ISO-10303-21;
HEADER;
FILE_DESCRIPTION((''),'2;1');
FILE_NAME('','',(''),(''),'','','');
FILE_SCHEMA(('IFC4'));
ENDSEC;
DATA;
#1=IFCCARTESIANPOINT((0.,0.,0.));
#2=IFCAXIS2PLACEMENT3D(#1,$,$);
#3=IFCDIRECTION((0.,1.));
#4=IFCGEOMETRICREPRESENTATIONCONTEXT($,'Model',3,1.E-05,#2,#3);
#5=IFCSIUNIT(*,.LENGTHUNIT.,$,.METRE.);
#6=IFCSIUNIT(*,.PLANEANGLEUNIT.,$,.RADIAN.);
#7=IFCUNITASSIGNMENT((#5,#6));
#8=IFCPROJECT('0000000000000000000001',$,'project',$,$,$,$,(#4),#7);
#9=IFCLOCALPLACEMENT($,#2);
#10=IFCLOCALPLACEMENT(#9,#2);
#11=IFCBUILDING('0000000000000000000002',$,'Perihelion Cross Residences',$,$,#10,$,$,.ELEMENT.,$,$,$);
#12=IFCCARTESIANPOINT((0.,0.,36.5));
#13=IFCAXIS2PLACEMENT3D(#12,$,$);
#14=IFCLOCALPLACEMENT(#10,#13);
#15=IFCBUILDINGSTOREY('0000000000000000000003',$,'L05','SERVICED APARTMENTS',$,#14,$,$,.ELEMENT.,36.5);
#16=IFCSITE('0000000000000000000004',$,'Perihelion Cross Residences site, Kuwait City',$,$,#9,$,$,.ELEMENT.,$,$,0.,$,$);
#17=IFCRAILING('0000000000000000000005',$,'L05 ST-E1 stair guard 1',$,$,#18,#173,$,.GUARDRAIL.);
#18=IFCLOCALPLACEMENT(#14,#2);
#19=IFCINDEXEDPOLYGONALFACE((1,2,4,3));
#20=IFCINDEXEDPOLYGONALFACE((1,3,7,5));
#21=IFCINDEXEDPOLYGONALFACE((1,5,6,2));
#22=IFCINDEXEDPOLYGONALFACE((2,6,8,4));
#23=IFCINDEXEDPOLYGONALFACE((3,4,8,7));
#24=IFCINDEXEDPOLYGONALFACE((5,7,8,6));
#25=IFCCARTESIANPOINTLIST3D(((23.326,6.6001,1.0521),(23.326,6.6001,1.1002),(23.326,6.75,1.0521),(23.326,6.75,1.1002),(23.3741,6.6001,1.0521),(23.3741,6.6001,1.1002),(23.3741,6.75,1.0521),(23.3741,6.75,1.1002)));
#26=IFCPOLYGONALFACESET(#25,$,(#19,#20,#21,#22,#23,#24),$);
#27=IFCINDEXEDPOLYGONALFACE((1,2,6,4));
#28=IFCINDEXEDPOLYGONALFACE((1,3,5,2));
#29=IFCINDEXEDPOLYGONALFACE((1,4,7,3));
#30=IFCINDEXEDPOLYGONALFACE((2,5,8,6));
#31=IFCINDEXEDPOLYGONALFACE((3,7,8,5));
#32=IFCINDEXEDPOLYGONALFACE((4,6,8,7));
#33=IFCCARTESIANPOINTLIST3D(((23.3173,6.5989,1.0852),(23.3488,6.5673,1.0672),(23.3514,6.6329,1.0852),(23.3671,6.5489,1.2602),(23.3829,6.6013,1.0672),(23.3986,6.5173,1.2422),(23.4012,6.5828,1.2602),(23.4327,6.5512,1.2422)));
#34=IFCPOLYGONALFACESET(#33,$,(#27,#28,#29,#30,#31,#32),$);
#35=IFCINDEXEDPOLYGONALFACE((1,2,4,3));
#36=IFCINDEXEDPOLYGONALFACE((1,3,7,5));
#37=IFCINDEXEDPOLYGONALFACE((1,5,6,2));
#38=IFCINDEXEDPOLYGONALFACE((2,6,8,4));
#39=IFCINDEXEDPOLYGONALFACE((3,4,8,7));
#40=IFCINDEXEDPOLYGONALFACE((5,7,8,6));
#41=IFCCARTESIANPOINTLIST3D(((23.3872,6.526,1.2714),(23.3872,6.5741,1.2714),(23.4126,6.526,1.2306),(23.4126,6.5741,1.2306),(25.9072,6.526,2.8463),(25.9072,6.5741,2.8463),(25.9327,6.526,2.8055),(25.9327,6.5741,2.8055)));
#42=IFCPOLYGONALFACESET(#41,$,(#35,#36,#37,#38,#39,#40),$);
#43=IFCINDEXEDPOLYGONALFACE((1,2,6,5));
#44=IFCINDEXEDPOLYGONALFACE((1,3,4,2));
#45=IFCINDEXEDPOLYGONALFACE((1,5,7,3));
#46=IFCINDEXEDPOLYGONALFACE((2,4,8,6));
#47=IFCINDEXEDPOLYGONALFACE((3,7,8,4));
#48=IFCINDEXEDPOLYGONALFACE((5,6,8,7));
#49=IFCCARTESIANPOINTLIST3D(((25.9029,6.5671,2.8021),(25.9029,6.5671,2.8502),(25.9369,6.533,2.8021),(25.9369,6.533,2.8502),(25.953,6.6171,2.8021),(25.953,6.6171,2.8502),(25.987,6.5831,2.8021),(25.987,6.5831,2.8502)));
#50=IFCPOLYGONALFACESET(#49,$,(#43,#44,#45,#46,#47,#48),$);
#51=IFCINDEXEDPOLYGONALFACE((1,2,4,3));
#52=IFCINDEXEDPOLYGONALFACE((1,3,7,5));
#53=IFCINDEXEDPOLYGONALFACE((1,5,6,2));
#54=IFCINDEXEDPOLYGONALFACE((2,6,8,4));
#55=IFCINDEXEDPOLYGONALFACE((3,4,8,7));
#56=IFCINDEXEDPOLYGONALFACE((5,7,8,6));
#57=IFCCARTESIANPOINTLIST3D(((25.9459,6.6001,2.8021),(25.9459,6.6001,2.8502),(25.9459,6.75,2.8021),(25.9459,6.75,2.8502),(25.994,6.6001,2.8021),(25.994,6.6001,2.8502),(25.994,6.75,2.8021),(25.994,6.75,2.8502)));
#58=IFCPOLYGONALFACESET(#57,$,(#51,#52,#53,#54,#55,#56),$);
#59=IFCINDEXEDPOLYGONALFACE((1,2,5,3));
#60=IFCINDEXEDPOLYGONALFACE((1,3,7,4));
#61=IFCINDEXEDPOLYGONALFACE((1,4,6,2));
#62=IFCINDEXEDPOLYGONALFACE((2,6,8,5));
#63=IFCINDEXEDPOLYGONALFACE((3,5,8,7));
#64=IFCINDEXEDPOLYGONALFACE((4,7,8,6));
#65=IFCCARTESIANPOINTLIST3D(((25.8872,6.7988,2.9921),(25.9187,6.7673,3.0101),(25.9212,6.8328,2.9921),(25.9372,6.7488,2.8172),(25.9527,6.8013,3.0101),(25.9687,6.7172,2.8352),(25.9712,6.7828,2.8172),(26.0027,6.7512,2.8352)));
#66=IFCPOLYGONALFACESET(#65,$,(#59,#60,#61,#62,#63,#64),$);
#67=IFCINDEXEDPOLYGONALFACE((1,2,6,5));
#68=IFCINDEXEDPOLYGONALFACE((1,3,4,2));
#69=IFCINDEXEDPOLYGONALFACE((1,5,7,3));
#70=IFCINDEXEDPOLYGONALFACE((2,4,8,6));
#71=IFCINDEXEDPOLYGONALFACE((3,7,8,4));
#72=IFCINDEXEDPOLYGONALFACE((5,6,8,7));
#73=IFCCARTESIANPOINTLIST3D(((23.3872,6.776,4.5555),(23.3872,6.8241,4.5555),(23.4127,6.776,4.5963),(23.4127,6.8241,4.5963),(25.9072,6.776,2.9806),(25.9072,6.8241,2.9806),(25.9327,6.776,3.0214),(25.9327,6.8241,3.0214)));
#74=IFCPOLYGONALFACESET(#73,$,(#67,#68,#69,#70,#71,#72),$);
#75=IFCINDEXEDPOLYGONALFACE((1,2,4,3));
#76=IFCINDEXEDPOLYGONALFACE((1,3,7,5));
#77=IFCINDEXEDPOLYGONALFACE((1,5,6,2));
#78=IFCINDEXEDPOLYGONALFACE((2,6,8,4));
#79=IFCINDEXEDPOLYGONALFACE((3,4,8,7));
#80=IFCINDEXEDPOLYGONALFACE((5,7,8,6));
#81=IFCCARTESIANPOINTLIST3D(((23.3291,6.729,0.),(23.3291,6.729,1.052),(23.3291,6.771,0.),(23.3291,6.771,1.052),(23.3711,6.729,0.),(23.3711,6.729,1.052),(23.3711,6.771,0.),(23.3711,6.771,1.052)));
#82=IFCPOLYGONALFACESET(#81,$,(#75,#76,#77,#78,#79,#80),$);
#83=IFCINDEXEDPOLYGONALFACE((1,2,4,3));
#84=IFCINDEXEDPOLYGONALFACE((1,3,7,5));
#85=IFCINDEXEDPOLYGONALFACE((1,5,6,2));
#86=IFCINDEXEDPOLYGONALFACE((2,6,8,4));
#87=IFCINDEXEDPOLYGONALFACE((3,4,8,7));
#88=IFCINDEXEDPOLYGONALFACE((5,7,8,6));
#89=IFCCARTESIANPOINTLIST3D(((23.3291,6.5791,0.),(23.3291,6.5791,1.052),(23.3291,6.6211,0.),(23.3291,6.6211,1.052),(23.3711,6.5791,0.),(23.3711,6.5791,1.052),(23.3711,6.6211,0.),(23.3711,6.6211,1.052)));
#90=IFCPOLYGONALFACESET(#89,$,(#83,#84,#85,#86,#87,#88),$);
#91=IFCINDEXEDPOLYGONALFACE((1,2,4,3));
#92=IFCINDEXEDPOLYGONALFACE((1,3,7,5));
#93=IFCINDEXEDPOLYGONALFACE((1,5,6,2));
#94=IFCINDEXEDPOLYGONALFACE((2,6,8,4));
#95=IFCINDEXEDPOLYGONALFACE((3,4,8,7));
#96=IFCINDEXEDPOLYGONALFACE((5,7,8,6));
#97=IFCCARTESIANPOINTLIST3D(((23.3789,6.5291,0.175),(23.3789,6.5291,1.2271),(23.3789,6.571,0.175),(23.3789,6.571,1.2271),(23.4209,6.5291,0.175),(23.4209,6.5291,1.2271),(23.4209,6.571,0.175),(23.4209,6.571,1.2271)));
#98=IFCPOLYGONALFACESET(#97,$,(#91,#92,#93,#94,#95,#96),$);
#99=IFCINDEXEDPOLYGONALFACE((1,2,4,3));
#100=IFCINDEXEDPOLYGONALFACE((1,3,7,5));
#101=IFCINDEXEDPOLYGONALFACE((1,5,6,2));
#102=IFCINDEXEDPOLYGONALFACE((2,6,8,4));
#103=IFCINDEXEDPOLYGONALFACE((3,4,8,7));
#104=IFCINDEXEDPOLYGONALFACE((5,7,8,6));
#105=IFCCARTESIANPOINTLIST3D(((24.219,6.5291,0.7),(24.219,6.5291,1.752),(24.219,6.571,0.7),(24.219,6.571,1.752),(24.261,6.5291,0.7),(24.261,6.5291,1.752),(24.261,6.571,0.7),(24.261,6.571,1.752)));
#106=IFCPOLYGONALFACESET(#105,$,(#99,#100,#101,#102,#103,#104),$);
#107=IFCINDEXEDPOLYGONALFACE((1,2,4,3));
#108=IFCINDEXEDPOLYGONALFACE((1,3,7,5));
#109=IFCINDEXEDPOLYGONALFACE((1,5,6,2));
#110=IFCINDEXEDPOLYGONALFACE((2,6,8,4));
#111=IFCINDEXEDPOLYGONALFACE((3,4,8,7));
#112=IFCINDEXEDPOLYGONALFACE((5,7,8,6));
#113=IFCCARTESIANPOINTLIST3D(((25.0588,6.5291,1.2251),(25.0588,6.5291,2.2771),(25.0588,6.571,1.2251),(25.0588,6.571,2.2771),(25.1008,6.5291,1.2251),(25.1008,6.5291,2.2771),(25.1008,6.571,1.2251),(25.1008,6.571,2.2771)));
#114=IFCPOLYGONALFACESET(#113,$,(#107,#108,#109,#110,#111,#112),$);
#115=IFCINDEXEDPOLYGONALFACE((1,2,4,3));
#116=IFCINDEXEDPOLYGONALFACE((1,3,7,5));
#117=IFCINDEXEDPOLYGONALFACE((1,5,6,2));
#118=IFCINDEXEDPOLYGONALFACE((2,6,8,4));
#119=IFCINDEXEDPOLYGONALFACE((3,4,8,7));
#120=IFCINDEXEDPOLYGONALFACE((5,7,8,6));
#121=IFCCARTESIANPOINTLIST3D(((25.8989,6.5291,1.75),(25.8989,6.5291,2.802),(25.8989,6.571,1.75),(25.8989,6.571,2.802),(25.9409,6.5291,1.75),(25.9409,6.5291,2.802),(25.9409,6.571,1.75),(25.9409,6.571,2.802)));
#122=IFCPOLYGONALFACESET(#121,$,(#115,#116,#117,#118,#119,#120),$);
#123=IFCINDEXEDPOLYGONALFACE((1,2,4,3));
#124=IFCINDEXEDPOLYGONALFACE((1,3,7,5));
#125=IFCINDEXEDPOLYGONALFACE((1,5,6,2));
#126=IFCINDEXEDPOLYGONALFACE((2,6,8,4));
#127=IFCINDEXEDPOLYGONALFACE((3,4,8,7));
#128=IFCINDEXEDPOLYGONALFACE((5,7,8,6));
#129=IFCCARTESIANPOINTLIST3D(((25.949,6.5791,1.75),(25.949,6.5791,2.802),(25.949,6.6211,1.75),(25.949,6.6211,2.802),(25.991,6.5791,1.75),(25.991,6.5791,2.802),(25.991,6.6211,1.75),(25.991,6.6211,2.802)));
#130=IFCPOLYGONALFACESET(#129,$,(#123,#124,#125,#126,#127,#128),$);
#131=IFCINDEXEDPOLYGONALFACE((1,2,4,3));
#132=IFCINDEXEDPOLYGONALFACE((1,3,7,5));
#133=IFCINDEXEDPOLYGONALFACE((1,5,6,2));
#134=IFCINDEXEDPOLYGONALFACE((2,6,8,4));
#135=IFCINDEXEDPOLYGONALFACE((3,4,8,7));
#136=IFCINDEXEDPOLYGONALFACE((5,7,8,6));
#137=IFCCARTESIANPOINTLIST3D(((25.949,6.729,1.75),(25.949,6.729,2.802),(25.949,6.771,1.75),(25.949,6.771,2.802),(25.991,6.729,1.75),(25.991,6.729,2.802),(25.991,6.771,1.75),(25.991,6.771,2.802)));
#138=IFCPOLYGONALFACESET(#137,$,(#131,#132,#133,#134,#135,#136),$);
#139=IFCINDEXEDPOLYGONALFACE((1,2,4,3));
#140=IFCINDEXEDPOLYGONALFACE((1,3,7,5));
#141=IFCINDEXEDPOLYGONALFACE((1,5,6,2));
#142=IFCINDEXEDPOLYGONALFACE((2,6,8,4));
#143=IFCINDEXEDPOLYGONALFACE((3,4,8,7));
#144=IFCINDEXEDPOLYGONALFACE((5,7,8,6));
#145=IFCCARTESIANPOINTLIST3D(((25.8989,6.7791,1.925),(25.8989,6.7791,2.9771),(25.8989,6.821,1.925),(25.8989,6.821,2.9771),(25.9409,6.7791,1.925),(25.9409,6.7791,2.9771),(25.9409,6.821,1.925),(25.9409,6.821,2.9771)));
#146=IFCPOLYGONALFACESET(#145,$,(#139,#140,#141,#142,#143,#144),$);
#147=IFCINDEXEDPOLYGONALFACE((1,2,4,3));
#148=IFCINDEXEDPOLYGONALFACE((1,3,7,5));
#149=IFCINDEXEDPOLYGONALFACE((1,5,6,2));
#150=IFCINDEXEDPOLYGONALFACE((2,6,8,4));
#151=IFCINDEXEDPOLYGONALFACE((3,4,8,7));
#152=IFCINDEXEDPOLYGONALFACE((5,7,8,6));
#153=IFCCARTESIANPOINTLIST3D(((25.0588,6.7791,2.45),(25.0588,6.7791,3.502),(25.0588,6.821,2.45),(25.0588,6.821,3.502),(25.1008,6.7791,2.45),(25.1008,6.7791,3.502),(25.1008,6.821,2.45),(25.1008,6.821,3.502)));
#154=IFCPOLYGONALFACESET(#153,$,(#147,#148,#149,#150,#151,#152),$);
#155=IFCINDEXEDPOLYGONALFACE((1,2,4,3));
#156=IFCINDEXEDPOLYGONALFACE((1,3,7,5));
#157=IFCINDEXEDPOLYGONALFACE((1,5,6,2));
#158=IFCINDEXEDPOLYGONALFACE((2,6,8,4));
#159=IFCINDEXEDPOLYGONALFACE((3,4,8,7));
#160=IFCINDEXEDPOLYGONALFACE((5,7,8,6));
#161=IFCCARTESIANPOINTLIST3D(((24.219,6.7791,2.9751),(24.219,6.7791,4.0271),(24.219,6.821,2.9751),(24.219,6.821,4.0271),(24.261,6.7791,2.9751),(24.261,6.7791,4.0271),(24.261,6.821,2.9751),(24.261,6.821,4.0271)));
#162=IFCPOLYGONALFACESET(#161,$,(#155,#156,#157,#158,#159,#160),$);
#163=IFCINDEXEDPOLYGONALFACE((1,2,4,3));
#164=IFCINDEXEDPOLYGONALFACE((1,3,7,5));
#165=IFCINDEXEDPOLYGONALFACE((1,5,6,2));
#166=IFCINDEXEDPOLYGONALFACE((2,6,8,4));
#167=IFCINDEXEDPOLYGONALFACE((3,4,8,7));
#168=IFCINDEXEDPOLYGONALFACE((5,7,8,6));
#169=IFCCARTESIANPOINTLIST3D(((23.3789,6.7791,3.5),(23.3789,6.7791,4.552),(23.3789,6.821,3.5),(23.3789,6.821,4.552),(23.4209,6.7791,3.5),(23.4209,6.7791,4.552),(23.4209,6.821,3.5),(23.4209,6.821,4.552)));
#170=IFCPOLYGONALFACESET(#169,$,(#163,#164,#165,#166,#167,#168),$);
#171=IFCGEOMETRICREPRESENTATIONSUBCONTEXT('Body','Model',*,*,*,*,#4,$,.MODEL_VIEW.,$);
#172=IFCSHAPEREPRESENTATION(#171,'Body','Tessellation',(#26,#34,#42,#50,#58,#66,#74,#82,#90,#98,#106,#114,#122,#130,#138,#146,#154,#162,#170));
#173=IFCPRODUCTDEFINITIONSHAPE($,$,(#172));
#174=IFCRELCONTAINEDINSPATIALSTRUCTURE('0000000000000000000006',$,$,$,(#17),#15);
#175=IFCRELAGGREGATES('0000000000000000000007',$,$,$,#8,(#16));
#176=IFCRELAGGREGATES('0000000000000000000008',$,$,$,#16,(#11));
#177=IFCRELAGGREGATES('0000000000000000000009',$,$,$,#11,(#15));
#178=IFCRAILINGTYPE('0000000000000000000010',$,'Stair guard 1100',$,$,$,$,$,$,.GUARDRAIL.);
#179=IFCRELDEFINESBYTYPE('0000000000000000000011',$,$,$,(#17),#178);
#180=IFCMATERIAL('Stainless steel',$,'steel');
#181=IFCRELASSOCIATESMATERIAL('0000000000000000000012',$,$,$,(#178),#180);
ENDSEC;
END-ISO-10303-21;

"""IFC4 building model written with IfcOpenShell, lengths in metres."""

from ifc_helpers import new_model, si_unit, direction, frame, origin, origin_2d, place, context, subcontext, project, spatial, rectangle, extrude, material, type_object, element, save


model = new_model("IFC4")

# Units and contexts
model_context = context("Model", 3, precision=1e-05, world=origin(), true_north=direction((0.0, 1.0)))
body_context = subcontext(model_context, "Body", "Model", "MODEL_VIEW")
ifc_project = project(units=[si_unit("LENGTHUNIT", "METRE"), si_unit("PLANEANGLEUNIT", "RADIAN")], contexts=[model_context])

# Site, building, storey
site_placement = place(None, origin())
site = spatial("IfcSite", under=ifc_project, at=site_placement, Name="Perihelion Cross Residences site, Kuwait City", CompositionType="ELEMENT", RefElevation=0.0)
building_placement = place(site_placement, origin())
building = spatial("IfcBuilding", under=site, at=building_placement, Name="Perihelion Cross Residences", CompositionType="ELEMENT")
storey_placement = place(building_placement, frame((0.0, 0.0, 36.5)))
storey = spatial("IfcBuildingStorey", under=building, at=storey_placement, Name="L05", Description="SERVICED APARTMENTS", CompositionType="ELEMENT", Elevation=36.5)

# Railing
ifc_material_1 = material(Name="Stainless steel", Category="steel")
railing_type_1 = type_object("IfcRailingType", Name="Stair guard 1100", PredefinedType="GUARDRAIL", material=ifc_material_1)
railing_1_placement = place(storey_placement, frame((23.3501, 6.75, 0.0)))
element("IfcRailing", 1, at=railing_1_placement, inside=storey, type_object=railing_type_1, Name="L05 ST-E1 stair guard 1", PredefinedType="GUARDRAIL", context=body_context, shape_type="SweptSolid", body=[
    extrude(rectangle(XDim=0.0481, YDim=0.0481, at=origin_2d()), frame((0.0, 0.0, 1.0762), z_axis=(0.0, -1.0, 0.0), x_axis=(1.0, 0.0, 0.0)), (0.0, 0.0, 1.0), 0.1499),
    extrude(rectangle(XDim=0.0481, YDim=0.0481, at=origin_2d()), frame((0.0, -0.1499, 1.0762), z_axis=(0.263862, -0.265156, 0.927399), x_axis=(0.708834, 0.705376, 0.0)), (0.0, 0.0, 1.0), 0.1887),
    extrude(rectangle(XDim=0.0481, YDim=0.0481, at=origin_2d()), frame((0.0498, -0.2, 1.251), z_axis=(0.848008, 0.0, 0.529984), x_axis=(0.0, 1.0, 0.0)), (0.0, 0.0, 1.0), 2.9717),
    extrude(rectangle(XDim=0.0481, YDim=0.0481, at=origin_2d()), frame((2.5698, -0.2, 2.8262), z_axis=(0.707107, 0.707107, 0.0), x_axis=(-0.707107, 0.707107, 0.0)), (0.0, 0.0, 1.0), 0.0708),
    extrude(rectangle(XDim=0.0481, YDim=0.0481, at=origin_2d()), frame((2.6199, -0.1499, 2.8262), z_axis=(0.0, 1.0, 0.0), x_axis=(-1.0, 0.0, 0.0)), (0.0, 0.0, 1.0), 0.1499),
    extrude(rectangle(XDim=0.0481, YDim=0.0481, at=origin_2d()), frame((2.6199, 0.0, 2.8262), z_axis=(-0.265065, 0.265065, 0.927082), x_axis=(-0.707107, -0.707107, 0.0)), (0.0, 0.0, 1.0), 0.1887),
    extrude(rectangle(XDim=0.0481, YDim=0.0481, at=origin_2d()), frame((2.5698, 0.05, 3.001), z_axis=(-0.848008, 0.0, 0.529984), x_axis=(0.0, -1.0, 0.0)), (0.0, 0.0, 1.0), 2.9717),
    extrude(rectangle(XDim=0.042, YDim=0.042, at=origin_2d()), origin(), (0.0, 0.0, 1.0), 1.052),
    extrude(rectangle(XDim=0.042, YDim=0.042, at=origin_2d()), frame((0.0, -0.1499, 0.0)), (0.0, 0.0, 1.0), 1.052),
    extrude(rectangle(XDim=0.042, YDim=0.042, at=origin_2d()), frame((0.0498, -0.2, 0.175)), (0.0, 0.0, 1.0), 1.052),
    extrude(rectangle(XDim=0.042, YDim=0.042, at=origin_2d()), frame((0.8899, -0.2, 0.7)), (0.0, 0.0, 1.0), 1.052),
    extrude(rectangle(XDim=0.042, YDim=0.042, at=origin_2d()), frame((1.7297, -0.2, 1.2251)), (0.0, 0.0, 1.0), 1.052),
    extrude(rectangle(XDim=0.042, YDim=0.042, at=origin_2d()), frame((2.5698, -0.2, 1.75)), (0.0, 0.0, 1.0), 1.052),
    extrude(rectangle(XDim=0.042, YDim=0.042, at=origin_2d()), frame((2.6199, -0.1499, 1.75)), (0.0, 0.0, 1.0), 1.052),
    extrude(rectangle(XDim=0.042, YDim=0.042, at=origin_2d()), frame((2.6199, 0.0, 1.75)), (0.0, 0.0, 1.0), 1.052),
    extrude(rectangle(XDim=0.042, YDim=0.042, at=origin_2d()), frame((2.5698, 0.05, 1.925)), (0.0, 0.0, 1.0), 1.052),
    extrude(rectangle(XDim=0.042, YDim=0.042, at=origin_2d()), frame((1.7297, 0.05, 2.45)), (0.0, 0.0, 1.0), 1.052),
    extrude(rectangle(XDim=0.042, YDim=0.042, at=origin_2d()), frame((0.8899, 0.05, 2.9751)), (0.0, 0.0, 1.0), 1.052),
    extrude(rectangle(XDim=0.042, YDim=0.042, at=origin_2d()), frame((0.0498, 0.05, 3.5)), (0.0, 0.0, 1.0), 1.052),
])

save(model, "model.ifc")
